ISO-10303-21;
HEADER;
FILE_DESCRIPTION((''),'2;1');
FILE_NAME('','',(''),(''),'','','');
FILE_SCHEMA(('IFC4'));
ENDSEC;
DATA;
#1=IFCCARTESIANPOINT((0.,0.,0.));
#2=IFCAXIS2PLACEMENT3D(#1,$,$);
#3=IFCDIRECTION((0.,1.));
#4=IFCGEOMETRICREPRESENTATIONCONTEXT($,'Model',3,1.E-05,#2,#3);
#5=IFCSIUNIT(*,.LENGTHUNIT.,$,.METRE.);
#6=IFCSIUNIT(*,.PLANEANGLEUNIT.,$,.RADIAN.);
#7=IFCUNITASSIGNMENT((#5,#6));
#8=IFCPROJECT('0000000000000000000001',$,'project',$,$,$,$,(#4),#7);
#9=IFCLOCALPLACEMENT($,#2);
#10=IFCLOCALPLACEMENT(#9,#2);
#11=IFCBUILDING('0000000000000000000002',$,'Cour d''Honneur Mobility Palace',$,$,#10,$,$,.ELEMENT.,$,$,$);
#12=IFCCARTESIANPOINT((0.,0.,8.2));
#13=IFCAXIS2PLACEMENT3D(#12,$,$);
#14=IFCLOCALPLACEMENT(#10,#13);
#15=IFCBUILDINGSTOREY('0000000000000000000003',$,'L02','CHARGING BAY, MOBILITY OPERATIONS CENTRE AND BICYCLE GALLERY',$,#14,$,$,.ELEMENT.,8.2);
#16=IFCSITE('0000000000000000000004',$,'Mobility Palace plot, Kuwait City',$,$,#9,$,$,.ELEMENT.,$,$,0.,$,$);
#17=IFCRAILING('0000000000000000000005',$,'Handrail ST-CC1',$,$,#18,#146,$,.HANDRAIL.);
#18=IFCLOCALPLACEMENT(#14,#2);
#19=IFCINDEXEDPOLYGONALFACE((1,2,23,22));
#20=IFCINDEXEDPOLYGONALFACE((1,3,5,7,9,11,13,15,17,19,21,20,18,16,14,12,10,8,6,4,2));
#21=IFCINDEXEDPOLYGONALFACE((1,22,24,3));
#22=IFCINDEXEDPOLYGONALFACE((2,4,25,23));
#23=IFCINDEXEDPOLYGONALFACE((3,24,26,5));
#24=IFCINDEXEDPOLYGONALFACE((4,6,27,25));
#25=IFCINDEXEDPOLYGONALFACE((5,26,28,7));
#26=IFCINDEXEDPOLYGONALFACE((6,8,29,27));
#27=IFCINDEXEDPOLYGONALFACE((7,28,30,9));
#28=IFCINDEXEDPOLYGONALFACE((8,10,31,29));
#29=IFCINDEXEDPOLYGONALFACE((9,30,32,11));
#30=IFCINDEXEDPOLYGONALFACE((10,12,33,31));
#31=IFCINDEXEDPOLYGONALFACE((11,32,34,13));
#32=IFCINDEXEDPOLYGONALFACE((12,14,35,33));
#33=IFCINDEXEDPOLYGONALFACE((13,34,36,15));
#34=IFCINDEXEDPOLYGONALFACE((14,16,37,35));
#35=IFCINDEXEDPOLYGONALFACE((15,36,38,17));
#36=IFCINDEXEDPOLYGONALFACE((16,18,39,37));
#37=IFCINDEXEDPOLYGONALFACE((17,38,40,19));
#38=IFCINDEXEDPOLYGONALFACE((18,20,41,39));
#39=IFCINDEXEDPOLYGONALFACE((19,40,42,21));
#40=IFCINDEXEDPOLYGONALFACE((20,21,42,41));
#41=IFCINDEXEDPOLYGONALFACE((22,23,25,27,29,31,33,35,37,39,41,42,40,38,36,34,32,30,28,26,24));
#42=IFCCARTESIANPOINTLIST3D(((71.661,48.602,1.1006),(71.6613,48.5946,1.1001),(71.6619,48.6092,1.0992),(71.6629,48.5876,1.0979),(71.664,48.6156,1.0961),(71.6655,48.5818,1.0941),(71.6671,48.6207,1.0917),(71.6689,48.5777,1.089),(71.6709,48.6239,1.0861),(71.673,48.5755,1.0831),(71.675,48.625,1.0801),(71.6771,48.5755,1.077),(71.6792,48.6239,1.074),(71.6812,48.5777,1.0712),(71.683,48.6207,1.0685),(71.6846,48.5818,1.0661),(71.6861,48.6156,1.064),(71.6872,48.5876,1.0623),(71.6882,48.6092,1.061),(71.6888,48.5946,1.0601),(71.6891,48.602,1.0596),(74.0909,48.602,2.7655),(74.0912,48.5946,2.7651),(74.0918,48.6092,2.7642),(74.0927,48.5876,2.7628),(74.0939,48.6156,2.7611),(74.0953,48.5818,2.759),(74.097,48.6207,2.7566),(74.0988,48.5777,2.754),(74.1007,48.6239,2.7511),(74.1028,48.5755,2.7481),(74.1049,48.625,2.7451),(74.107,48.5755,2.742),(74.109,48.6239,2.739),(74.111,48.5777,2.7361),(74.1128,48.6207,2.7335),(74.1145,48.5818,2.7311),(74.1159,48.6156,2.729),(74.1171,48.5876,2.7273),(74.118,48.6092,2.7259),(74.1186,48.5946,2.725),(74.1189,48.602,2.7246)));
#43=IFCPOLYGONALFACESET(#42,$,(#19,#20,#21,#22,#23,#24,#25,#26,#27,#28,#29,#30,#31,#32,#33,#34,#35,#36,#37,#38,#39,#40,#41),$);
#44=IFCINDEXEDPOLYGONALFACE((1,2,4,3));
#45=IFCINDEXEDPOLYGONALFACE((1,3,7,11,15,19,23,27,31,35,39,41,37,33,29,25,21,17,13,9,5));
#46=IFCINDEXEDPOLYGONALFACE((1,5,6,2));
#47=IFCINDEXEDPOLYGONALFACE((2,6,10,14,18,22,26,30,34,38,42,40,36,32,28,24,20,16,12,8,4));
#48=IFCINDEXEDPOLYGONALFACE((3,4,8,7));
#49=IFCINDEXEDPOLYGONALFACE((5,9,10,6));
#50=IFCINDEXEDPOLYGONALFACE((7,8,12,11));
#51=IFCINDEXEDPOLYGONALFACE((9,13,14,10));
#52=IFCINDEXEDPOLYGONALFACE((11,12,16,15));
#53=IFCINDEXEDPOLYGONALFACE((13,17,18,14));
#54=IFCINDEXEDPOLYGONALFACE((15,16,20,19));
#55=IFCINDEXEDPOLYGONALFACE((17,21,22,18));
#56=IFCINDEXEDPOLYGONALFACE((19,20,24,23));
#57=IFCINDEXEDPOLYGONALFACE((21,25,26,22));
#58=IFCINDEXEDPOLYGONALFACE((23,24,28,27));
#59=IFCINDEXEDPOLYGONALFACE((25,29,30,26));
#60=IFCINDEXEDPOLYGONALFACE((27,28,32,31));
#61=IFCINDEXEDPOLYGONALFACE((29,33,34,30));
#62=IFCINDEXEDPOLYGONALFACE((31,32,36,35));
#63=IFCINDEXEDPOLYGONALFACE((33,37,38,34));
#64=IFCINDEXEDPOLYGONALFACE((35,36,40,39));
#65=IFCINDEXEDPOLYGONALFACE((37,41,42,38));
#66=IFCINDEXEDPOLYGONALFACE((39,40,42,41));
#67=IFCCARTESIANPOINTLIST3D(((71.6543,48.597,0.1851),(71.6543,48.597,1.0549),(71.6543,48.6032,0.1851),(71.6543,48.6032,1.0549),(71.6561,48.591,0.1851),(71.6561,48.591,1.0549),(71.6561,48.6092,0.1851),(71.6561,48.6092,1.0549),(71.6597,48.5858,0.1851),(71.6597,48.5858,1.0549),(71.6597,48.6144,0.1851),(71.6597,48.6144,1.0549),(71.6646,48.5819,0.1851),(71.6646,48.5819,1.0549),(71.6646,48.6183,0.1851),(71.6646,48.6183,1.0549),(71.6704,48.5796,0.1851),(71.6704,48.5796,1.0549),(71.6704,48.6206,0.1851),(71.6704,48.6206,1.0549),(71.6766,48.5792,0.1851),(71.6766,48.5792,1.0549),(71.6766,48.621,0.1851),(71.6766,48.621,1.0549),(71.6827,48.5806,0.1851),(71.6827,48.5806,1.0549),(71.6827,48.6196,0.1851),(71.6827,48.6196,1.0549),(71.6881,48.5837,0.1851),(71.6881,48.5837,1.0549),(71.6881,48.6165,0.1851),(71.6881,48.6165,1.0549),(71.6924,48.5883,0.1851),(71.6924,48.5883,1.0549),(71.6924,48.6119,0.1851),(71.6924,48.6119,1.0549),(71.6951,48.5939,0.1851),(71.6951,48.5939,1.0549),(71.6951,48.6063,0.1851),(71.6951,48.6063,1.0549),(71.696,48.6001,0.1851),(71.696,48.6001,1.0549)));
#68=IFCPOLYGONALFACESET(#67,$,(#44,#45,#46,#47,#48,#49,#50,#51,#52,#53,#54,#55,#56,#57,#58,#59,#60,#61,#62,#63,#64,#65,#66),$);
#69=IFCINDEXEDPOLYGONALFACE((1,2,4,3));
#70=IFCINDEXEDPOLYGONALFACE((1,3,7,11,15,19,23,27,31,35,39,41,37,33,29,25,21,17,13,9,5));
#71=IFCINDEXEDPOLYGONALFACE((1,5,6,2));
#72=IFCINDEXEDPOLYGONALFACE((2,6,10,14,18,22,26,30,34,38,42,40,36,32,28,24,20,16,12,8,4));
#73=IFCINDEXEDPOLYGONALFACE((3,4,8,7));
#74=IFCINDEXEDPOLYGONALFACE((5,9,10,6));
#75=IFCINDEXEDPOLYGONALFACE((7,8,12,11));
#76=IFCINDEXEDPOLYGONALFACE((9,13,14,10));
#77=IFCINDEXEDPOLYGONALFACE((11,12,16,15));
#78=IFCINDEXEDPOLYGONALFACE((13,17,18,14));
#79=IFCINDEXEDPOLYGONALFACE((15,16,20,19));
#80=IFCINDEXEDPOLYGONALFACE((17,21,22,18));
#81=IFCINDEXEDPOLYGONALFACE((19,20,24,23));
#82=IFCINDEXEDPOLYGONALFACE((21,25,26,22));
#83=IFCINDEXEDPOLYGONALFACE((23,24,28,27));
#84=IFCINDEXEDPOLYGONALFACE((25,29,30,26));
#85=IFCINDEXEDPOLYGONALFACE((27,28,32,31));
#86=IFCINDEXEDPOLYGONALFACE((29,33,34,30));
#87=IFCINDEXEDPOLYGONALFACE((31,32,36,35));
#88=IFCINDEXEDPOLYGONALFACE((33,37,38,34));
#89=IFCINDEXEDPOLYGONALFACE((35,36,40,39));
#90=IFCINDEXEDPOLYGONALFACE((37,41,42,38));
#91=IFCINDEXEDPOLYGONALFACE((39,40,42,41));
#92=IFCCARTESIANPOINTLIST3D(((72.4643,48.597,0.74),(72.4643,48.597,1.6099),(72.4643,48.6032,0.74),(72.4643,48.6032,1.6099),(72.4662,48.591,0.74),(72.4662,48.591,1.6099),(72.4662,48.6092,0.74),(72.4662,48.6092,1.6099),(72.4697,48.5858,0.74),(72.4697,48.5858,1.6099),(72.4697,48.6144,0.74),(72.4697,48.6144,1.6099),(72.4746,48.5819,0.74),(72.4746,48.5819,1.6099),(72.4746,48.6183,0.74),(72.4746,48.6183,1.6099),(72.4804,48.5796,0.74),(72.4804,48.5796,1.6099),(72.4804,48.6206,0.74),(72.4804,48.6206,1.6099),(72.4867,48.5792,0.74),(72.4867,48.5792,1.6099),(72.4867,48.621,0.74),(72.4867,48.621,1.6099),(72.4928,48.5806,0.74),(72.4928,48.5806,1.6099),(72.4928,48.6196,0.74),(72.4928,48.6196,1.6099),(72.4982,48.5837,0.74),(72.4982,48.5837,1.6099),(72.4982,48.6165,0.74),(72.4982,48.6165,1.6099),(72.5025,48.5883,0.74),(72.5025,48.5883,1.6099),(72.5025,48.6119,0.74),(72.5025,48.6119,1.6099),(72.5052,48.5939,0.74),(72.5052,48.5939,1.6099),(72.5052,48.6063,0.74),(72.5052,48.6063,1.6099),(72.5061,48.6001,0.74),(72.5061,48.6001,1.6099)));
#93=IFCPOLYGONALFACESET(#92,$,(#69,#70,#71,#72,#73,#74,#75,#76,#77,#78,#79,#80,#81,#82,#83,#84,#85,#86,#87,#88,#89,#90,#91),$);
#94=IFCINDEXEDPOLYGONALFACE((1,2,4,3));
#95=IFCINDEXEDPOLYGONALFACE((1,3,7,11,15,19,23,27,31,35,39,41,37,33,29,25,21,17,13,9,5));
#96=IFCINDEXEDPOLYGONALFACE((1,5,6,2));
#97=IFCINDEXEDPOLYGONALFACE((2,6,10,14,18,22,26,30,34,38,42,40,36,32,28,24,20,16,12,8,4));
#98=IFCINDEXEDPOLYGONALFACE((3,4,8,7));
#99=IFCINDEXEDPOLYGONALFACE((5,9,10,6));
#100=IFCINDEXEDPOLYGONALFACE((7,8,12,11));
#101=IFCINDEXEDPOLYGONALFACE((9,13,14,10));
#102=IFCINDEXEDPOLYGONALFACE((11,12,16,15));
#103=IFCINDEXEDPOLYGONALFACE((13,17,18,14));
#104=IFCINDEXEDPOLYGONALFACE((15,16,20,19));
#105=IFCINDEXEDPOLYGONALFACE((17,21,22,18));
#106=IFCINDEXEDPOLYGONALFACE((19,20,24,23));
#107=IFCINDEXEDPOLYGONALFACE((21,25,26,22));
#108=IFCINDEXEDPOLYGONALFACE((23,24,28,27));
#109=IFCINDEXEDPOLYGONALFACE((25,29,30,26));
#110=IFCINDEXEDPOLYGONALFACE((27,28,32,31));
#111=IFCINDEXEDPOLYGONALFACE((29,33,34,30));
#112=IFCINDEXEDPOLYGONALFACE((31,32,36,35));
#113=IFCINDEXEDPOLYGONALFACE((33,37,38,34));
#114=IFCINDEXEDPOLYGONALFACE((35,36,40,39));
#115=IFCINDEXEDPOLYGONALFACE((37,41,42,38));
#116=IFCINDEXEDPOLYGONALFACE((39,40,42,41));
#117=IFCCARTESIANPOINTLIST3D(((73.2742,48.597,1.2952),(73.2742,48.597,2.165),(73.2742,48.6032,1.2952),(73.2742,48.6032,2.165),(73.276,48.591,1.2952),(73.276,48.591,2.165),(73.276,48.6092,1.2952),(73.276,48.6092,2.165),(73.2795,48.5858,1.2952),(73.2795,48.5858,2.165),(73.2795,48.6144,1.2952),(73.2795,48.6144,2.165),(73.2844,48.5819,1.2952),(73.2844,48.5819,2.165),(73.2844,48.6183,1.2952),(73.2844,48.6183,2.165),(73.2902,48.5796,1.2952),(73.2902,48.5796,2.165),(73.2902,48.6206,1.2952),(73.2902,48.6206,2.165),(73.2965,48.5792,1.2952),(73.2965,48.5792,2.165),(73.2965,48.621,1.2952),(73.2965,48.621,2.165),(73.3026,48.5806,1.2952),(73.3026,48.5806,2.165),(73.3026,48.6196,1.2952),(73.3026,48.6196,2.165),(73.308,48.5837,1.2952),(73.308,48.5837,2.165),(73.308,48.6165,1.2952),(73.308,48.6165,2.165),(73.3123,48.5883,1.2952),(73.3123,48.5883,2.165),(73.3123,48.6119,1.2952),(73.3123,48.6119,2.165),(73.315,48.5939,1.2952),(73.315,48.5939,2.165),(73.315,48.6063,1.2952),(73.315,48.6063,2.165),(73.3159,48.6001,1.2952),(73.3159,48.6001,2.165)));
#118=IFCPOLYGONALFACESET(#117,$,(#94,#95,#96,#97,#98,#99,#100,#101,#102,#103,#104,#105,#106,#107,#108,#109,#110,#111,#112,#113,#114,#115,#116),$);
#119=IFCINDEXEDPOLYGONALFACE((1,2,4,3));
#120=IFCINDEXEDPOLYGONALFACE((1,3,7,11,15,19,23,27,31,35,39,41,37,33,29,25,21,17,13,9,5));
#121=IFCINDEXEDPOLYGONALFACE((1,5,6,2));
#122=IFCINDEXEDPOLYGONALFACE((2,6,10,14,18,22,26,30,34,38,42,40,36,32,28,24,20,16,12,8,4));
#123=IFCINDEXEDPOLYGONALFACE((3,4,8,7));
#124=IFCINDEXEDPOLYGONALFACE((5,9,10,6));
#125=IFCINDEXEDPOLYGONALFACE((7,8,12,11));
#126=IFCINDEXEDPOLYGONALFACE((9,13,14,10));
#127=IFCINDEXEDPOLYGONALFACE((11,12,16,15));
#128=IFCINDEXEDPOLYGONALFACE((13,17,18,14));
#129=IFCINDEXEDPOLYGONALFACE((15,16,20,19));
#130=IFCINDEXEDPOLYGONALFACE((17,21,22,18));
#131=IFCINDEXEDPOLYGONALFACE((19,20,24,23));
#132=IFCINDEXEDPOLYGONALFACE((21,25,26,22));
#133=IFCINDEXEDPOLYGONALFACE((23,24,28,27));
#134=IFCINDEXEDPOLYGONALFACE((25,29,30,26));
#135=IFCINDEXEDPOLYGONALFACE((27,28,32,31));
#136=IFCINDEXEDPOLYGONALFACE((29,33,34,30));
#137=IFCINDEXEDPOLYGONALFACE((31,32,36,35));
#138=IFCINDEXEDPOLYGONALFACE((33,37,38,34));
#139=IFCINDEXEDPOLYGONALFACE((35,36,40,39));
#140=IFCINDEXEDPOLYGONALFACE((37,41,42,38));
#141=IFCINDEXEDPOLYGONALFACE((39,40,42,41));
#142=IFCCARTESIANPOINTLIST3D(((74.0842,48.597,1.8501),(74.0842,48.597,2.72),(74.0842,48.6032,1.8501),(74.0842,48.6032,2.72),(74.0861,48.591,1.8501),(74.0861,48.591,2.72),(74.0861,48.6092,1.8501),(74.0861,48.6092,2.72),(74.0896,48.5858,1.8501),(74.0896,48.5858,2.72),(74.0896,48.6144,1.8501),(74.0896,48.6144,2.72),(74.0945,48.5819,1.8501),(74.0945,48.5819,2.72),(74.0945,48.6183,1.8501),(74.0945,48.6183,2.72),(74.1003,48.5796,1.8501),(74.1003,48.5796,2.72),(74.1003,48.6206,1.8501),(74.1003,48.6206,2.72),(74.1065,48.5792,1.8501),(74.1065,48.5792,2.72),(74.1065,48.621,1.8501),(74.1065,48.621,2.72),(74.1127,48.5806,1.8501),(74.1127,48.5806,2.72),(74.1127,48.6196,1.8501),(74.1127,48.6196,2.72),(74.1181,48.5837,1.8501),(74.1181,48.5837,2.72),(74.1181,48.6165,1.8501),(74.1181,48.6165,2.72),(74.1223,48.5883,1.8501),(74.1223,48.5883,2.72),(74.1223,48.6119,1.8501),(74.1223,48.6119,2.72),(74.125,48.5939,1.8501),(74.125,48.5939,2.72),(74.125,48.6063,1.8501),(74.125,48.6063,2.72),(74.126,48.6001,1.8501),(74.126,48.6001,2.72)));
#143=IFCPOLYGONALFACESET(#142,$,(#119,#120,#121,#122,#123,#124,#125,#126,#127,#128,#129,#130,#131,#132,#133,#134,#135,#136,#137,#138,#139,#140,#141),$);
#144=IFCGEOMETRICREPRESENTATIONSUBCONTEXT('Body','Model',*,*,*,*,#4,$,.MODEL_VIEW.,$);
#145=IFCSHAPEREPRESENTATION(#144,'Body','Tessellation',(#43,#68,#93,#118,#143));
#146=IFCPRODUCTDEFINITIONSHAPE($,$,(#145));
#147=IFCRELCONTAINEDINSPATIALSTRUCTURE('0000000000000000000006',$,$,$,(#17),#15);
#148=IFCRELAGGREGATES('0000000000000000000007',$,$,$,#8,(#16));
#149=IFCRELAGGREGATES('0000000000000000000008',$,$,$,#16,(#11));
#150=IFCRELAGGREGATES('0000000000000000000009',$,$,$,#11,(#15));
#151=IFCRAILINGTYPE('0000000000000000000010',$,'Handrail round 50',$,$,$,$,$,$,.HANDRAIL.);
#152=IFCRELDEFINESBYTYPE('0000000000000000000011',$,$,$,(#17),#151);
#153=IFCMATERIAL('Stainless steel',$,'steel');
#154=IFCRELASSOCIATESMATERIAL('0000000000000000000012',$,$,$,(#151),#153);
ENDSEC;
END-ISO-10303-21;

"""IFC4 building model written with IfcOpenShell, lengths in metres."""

from ifc_helpers import new_model, si_unit, direction, frame, origin, origin_2d, place, context, subcontext, project, spatial, circle, extrude, material, type_object, element, save


model = new_model("IFC4")

# Units and contexts
model_context = context("Model", 3, precision=1e-05, world=origin(), true_north=direction((0.0, 1.0)))
body_context = subcontext(model_context, "Body", "Model", "MODEL_VIEW")
ifc_project = project(units=[si_unit("LENGTHUNIT", "METRE"), si_unit("PLANEANGLEUNIT", "RADIAN")], contexts=[model_context])

# Site, building, storey
site_placement = place(None, origin())
site = spatial("IfcSite", under=ifc_project, at=site_placement, Name="Mobility Palace plot, Kuwait City", CompositionType="ELEMENT", RefElevation=0.0)
building_placement = place(site_placement, origin())
building = spatial("IfcBuilding", under=site, at=building_placement, Name="Cour d'Honneur Mobility Palace", CompositionType="ELEMENT")
storey_placement = place(building_placement, frame((0.0, 0.0, 8.2)))
storey = spatial("IfcBuildingStorey", under=building, at=storey_placement, Name="L02", Description="CHARGING BAY, MOBILITY OPERATIONS CENTRE AND BICYCLE GALLERY", CompositionType="ELEMENT", Elevation=8.2)

# Railing
ifc_material_1 = material(Name="Stainless steel", Category="steel")
railing_type_1 = type_object("IfcRailingType", Name="Handrail round 50", PredefinedType="HANDRAIL", material=ifc_material_1)
railing_1_placement = place(storey_placement, frame((71.675, 48.6001, 0.1851)))
element("IfcRailing", 1, at=railing_1_placement, inside=storey, type_object=railing_type_1, Name="Handrail ST-CC1", PredefinedType="HANDRAIL", context=body_context, shape_type="SweptSolid", body=[
    extrude(circle(Radius=0.0249, at=origin_2d()), frame((0.0, 0.0, 0.895), z_axis=(0.824919, 0.0, 0.565251), x_axis=(0.0, 1.0, 0.0)), (0.0, 0.0, 1.0), 2.9456),
    extrude(circle(Radius=0.021, at=origin_2d()), origin(), (0.0, 0.0, 1.0), 0.8699),
    extrude(circle(Radius=0.021, at=origin_2d()), frame((0.8101, 0.0, 0.5549)), (0.0, 0.0, 1.0), 0.8699),
    extrude(circle(Radius=0.021, at=origin_2d()), frame((1.6199, 0.0, 1.1101)), (0.0, 0.0, 1.0), 0.8699),
    extrude(circle(Radius=0.021, at=origin_2d()), frame((2.4299, 0.0, 1.665)), (0.0, 0.0, 1.0), 0.8699),
])

save(model, "model.ifc")
